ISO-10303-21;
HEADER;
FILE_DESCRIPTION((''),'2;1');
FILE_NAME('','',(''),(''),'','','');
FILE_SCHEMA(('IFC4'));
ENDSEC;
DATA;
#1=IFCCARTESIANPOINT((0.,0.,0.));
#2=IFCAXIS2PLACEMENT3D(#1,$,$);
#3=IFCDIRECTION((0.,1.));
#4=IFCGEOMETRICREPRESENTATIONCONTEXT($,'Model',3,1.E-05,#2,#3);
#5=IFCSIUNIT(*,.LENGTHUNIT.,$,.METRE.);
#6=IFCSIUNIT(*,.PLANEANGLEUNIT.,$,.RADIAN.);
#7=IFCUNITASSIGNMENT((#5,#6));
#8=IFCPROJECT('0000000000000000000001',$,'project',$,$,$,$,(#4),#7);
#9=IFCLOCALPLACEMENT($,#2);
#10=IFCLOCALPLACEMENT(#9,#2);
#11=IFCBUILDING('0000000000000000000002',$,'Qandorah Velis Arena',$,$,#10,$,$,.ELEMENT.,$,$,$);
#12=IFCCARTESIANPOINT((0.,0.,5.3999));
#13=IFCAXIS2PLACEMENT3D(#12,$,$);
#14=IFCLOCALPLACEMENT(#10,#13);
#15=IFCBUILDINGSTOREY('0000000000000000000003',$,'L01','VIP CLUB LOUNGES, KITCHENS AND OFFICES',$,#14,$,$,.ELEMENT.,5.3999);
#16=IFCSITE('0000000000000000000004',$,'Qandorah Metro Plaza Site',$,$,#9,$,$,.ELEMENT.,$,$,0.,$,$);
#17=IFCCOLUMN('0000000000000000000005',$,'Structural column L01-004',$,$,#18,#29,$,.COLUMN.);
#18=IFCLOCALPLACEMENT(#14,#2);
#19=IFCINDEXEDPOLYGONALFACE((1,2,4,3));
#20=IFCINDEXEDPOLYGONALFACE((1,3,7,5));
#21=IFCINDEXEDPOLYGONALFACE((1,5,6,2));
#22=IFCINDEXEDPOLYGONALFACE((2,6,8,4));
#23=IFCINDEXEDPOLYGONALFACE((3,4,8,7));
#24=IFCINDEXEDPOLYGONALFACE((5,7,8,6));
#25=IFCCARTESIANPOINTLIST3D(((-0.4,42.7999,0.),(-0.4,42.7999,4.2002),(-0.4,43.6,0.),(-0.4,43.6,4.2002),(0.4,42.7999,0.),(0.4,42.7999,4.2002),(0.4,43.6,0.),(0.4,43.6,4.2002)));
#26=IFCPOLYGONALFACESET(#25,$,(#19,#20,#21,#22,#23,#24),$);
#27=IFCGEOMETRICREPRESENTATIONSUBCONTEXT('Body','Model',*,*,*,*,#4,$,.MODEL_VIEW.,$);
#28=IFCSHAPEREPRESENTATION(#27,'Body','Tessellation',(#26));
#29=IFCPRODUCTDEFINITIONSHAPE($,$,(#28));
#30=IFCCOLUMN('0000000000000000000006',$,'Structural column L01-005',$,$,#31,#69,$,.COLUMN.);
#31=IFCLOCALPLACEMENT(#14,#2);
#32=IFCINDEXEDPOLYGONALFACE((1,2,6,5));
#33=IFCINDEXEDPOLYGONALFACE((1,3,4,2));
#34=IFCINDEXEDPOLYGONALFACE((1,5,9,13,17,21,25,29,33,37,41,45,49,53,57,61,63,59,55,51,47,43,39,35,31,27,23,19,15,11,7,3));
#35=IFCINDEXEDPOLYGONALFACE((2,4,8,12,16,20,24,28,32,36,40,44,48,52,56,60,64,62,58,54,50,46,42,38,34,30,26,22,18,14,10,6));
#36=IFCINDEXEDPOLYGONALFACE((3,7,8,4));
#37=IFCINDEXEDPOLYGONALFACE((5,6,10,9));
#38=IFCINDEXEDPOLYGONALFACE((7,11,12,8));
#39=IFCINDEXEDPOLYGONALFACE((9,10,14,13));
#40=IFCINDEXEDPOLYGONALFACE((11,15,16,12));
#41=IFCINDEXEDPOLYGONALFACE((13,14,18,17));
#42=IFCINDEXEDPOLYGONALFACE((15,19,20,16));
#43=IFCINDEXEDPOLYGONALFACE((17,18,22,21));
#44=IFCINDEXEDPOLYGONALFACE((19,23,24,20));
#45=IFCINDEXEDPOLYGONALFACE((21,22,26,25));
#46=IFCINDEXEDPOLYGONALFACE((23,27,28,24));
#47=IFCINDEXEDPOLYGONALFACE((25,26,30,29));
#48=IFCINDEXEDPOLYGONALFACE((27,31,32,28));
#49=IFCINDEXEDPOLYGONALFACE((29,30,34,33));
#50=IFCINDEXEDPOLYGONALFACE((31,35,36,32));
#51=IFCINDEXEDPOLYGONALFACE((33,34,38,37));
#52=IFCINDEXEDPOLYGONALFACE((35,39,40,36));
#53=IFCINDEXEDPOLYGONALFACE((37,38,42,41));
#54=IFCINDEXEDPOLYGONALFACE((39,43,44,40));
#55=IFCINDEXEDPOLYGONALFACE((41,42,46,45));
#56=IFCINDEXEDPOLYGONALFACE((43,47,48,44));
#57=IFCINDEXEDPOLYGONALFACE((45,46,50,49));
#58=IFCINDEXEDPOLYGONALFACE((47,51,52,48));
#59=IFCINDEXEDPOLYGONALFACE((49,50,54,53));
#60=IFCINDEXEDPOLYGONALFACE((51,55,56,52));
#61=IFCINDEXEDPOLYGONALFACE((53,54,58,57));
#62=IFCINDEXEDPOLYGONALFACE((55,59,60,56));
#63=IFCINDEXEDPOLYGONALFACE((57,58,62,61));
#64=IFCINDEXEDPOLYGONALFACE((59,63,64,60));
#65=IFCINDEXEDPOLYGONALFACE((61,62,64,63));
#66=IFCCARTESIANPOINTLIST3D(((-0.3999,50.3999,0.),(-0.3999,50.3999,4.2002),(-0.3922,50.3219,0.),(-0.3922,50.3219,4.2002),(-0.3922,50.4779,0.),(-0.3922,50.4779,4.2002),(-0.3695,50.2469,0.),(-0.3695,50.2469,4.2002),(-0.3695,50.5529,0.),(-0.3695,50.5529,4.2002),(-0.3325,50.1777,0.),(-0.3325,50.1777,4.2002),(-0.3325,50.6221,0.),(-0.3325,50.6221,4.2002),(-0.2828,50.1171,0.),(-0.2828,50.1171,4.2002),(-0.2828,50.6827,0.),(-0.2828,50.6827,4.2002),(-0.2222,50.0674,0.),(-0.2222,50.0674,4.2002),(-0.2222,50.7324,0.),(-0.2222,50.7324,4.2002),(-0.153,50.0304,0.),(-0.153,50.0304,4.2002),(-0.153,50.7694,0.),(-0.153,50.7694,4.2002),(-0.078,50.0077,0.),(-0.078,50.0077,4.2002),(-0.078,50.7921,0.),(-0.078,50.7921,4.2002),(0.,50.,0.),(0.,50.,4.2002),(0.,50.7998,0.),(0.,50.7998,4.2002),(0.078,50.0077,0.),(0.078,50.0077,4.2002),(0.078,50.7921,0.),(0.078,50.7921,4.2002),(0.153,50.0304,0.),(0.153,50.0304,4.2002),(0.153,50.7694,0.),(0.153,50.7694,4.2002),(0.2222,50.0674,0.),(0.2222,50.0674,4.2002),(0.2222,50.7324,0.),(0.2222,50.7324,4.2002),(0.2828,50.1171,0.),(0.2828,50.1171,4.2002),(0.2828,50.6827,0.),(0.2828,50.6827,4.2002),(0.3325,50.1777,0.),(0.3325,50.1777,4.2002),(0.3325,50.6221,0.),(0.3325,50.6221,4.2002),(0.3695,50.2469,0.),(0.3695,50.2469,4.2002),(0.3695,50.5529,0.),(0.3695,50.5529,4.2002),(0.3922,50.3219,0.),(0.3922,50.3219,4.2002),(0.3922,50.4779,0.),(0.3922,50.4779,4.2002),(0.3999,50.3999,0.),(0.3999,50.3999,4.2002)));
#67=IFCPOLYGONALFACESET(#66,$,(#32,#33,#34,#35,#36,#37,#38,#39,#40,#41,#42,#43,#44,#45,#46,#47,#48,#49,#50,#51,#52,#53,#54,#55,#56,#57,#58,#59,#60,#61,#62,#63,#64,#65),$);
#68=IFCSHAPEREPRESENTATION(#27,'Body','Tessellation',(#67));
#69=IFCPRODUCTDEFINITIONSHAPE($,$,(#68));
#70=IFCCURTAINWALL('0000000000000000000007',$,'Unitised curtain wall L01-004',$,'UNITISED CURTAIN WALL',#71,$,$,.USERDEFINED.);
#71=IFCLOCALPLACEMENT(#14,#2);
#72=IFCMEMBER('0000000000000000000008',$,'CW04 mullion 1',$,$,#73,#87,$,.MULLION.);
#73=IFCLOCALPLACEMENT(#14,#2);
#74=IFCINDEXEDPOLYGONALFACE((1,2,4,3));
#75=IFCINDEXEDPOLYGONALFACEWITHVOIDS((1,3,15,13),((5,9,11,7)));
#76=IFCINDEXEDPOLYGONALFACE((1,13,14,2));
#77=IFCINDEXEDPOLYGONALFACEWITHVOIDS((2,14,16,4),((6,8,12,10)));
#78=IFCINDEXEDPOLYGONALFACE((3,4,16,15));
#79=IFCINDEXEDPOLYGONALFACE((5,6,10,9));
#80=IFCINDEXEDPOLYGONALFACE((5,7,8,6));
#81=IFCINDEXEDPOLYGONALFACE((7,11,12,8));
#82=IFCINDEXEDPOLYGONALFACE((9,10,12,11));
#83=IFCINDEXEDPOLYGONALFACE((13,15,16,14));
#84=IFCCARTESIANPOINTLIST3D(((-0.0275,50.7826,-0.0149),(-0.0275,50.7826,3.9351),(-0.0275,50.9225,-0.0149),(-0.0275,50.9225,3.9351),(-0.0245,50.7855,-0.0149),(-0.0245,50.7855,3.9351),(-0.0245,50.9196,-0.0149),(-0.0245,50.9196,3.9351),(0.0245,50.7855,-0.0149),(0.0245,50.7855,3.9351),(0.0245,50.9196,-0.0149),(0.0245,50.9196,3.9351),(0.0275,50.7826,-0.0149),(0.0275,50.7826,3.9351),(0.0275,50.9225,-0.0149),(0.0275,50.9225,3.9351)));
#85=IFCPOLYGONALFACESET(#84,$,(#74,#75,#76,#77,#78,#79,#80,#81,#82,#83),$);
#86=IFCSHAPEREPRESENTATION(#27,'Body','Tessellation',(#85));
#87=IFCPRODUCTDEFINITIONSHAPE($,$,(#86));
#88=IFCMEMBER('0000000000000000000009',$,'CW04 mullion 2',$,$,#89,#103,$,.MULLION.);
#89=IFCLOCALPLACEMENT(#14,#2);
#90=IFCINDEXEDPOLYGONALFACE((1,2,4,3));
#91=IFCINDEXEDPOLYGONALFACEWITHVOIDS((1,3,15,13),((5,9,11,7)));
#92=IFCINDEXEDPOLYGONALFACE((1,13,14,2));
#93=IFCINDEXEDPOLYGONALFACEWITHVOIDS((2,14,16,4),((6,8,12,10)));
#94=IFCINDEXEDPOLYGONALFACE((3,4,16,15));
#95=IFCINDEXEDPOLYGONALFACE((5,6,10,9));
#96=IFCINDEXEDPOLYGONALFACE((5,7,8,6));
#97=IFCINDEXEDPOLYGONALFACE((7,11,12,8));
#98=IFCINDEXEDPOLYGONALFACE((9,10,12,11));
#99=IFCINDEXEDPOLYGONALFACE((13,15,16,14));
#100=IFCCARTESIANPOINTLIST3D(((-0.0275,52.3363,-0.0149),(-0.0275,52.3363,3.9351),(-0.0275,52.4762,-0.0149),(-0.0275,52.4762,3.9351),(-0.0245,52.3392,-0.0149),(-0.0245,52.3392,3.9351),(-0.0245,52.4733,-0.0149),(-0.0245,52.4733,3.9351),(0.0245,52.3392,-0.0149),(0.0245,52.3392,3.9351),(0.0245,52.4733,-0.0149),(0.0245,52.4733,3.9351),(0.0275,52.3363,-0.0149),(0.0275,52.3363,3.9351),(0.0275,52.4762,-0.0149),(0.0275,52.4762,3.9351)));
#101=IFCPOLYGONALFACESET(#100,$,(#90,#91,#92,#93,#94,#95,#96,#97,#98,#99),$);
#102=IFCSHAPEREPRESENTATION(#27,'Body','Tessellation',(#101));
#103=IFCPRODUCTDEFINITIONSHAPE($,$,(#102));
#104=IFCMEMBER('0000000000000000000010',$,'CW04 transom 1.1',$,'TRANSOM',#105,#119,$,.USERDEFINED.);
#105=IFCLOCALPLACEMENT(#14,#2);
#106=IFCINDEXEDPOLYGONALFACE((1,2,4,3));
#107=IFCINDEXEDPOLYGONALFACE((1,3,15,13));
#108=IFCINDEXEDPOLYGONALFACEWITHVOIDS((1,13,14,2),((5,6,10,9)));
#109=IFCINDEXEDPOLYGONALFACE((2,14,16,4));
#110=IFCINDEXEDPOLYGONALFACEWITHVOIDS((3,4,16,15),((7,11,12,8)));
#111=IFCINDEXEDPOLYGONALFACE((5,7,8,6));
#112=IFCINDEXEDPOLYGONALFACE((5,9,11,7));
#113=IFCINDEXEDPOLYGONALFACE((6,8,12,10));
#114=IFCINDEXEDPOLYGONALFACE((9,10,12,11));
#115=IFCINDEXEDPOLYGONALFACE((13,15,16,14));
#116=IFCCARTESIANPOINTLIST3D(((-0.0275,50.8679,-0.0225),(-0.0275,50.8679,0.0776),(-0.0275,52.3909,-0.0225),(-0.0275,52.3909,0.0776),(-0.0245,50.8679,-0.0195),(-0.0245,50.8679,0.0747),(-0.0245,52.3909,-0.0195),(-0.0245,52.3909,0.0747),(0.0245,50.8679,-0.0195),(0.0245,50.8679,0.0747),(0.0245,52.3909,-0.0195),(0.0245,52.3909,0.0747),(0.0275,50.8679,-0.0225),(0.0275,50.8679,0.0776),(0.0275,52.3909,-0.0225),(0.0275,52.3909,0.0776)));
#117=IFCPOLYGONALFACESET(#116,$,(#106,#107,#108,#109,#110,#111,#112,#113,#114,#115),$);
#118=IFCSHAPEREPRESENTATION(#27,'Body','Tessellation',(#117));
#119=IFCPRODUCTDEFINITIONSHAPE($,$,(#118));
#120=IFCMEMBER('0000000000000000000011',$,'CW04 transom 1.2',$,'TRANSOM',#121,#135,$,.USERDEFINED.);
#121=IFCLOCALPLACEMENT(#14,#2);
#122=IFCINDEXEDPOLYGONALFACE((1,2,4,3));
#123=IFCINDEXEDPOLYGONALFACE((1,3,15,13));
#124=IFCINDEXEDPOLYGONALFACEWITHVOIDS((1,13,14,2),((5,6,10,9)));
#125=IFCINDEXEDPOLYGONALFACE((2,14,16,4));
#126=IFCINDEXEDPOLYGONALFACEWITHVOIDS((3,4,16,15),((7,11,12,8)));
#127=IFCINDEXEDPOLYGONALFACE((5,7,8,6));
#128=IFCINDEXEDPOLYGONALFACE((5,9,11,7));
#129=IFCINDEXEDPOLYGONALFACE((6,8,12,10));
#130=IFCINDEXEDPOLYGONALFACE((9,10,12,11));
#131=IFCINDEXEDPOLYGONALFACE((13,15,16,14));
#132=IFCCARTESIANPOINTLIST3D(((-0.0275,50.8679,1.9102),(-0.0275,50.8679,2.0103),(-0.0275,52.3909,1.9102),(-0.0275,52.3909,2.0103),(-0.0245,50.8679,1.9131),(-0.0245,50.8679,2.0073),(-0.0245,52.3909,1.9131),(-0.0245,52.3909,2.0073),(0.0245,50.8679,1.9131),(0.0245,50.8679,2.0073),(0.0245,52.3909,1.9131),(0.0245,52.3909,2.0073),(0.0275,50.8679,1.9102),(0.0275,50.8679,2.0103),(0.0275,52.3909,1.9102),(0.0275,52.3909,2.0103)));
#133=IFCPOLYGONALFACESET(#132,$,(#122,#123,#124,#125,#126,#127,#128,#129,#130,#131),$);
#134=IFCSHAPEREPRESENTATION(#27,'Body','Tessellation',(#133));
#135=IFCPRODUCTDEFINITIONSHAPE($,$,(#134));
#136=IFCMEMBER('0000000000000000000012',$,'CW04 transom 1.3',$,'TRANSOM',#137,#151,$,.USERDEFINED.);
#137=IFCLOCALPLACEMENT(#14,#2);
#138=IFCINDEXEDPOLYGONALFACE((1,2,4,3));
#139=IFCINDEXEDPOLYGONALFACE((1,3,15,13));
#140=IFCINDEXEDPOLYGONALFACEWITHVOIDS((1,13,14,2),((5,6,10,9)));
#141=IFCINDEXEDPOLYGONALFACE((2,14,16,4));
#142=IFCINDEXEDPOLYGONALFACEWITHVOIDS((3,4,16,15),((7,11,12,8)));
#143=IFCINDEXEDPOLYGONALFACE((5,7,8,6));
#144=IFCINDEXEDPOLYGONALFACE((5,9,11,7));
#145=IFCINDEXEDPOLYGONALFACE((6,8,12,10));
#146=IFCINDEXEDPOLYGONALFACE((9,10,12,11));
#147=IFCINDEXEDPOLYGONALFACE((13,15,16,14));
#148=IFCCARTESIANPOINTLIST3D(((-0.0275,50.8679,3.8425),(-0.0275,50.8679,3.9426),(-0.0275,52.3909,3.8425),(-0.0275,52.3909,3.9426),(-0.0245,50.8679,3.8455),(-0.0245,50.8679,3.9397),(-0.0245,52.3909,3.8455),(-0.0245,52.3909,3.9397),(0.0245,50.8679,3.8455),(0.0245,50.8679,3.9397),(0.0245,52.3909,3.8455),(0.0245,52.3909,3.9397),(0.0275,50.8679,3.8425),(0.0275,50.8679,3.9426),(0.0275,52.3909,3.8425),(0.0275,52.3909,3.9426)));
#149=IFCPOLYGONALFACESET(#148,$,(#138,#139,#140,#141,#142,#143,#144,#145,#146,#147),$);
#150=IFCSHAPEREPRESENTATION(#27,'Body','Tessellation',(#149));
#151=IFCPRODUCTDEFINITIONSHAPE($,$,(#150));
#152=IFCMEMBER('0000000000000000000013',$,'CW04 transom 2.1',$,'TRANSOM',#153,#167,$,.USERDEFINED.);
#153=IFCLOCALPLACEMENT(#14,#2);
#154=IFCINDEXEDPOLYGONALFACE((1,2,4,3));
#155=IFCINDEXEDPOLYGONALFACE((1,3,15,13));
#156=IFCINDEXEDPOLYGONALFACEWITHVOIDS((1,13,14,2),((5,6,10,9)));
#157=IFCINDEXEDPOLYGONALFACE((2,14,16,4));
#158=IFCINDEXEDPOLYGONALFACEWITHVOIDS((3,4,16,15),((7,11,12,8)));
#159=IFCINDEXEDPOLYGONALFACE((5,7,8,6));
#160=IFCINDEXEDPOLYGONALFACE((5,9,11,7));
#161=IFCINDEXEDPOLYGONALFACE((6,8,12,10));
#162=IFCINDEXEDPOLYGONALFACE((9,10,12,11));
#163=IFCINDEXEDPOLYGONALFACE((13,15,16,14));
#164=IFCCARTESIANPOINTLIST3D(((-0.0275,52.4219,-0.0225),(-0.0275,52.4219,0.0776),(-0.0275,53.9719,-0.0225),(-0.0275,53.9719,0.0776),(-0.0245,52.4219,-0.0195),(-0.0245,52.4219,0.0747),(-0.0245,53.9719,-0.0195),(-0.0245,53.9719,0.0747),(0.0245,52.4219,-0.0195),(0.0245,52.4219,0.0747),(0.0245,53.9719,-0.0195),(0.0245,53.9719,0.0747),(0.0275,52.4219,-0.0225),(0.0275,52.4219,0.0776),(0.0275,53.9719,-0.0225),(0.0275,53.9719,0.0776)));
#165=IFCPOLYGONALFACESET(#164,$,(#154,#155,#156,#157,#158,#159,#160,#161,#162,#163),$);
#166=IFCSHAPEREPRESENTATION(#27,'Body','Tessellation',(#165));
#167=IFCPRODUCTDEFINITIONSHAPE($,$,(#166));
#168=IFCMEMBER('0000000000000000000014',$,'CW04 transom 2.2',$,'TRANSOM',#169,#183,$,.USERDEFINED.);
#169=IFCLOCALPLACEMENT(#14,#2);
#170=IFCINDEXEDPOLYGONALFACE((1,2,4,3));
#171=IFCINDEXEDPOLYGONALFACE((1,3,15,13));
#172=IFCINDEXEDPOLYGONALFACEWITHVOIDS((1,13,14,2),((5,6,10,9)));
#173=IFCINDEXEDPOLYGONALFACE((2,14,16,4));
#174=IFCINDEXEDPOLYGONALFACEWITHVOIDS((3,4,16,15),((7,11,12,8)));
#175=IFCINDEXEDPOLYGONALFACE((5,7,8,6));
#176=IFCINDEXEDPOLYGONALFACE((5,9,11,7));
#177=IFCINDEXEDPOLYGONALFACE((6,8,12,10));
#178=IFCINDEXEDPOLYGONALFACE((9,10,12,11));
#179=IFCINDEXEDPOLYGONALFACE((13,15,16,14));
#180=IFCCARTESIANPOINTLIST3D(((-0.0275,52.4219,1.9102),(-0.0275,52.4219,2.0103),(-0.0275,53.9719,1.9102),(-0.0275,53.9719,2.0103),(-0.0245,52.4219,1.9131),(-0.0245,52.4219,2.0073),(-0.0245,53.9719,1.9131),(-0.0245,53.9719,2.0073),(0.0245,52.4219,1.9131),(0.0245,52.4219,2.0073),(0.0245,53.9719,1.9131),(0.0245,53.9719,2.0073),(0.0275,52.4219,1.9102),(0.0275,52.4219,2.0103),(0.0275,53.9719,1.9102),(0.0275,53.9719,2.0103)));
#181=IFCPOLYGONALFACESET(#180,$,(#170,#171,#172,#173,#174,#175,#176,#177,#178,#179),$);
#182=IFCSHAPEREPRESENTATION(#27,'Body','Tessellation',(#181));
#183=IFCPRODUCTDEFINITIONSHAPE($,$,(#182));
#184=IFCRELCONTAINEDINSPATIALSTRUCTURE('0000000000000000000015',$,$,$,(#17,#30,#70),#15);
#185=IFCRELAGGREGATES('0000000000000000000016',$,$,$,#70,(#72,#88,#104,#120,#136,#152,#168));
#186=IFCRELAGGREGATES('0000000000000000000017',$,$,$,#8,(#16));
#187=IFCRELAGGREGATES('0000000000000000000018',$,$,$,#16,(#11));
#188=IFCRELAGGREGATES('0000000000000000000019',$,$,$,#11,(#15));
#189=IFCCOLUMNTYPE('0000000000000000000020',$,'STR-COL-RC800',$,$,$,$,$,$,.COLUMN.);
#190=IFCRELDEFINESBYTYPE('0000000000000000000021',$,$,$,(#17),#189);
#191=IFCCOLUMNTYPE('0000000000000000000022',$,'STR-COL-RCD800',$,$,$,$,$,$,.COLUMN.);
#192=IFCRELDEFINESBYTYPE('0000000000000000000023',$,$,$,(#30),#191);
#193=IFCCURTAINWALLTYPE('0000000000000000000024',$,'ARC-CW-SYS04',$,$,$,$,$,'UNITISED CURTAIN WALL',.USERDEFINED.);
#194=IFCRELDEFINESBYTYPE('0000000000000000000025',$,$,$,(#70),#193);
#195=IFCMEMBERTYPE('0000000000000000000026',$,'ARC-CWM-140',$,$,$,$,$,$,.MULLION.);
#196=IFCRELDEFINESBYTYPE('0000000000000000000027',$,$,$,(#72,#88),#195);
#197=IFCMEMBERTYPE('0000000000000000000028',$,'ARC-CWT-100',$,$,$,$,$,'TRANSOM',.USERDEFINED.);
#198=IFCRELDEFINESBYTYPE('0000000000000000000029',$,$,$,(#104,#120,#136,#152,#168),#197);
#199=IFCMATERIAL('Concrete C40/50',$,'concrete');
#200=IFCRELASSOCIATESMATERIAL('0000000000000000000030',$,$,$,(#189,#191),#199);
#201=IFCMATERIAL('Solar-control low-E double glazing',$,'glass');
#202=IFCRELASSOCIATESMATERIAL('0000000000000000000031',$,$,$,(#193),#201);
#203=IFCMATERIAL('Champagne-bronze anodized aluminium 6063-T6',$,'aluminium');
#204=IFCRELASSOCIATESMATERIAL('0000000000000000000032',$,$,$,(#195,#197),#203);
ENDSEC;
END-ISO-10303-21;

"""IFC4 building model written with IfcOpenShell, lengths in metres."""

from ifc_helpers import new_model, si_unit, direction, frame, origin, origin_2d, place, context, subcontext, project, spatial, rectangle, hollow_rectangle, circle, extrude, material, material_profile, profile_set, type_object, element, aggregate, save


model = new_model("IFC4")

# Units and contexts
model_context = context("Model", 3, precision=1e-05, world=origin(), true_north=direction((0.0, 1.0)))
body_context = subcontext(model_context, "Body", "Model", "MODEL_VIEW")
ifc_project = project(units=[si_unit("LENGTHUNIT", "METRE"), si_unit("PLANEANGLEUNIT", "RADIAN")], contexts=[model_context])

# Site, building, storey
site_placement = place(None, origin())
site = spatial("IfcSite", under=ifc_project, at=site_placement, Name="Qandorah Metro Plaza Site", CompositionType="ELEMENT", RefElevation=0.0)
building_placement = place(site_placement, origin())
building = spatial("IfcBuilding", under=site, at=building_placement, Name="Qandorah Velis Arena", CompositionType="ELEMENT")
storey_placement = place(building_placement, frame((0.0, 0.0, 5.3999)))
storey = spatial("IfcBuildingStorey", under=building, at=storey_placement, Name="L01", Description="VIP CLUB LOUNGES, KITCHENS AND OFFICES", CompositionType="ELEMENT", Elevation=5.3999)

# Columns
ifc_material_1 = material(Name="Concrete C40/50", Category="concrete")
ifc_material_profile_1 = material_profile(ifc_material_1, rectangle(XDim=0.8, YDim=0.8, at=origin_2d()), Name="RC COL 800x800")
ifc_profile_set_1 = profile_set([ifc_material_profile_1], Name="Concrete C40/50")
column_type_1 = type_object("IfcColumnType", Name="STR-COL-RC800", PredefinedType="COLUMN", material=ifc_profile_set_1)
column_1_placement = place(storey_placement, frame((0.0, 43.2, 0.0), z_axis=(0.0, 0.0, 1.0), x_axis=(1.0, 0.0, 0.0)))
element("IfcColumn", 1, at=column_1_placement, inside=storey, type_object=column_type_1, Name="Structural column L01-004", PredefinedType="COLUMN", context=body_context, shape_type="SweptSolid", body=[
    extrude(rectangle(XDim=0.8, YDim=0.8, at=origin_2d()), origin(), (0.0, 0.0, 1.0), 4.2002),
])
ifc_material_profile_2 = material_profile(ifc_material_1, circle(Radius=0.3999, at=origin_2d()), Name="RC D800")
ifc_profile_set_2 = profile_set([ifc_material_profile_2], Name="Concrete C40/50")
column_type_2 = type_object("IfcColumnType", Name="STR-COL-RCD800", PredefinedType="COLUMN", material=ifc_profile_set_2)
column_2_placement = place(storey_placement, frame((0.0, 50.3999, 0.0), z_axis=(0.0, 0.0, 1.0), x_axis=(1.0, 0.0, 0.0)))
element("IfcColumn", 2, at=column_2_placement, inside=storey, type_object=column_type_2, Name="Structural column L01-005", PredefinedType="COLUMN", context=body_context, shape_type="SweptSolid", body=[
    extrude(circle(Radius=0.3999, at=origin_2d()), origin(), (0.0, 0.0, 1.0), 4.2002),
])

# Curtain wall, members
ifc_material_2 = material(Name="Solar-control low-E double glazing", Category="glass")
curtain_wall_type = type_object("IfcCurtainWallType", Name="ARC-CW-SYS04", ElementType="UNITISED CURTAIN WALL", PredefinedType="USERDEFINED", material=ifc_material_2)
curtain_wall_placement = place(storey_placement, origin())
curtain_wall = element("IfcCurtainWall", 3, at=curtain_wall_placement, inside=storey, type_object=curtain_wall_type, Name="Unitised curtain wall L01-004", ObjectType="UNITISED CURTAIN WALL", PredefinedType="USERDEFINED")
ifc_material_3 = material(Name="Champagne-bronze anodized aluminium 6063-T6", Category="aluminium")
ifc_material_profile_3 = material_profile(ifc_material_3, hollow_rectangle(XDim=0.0549, YDim=0.1399, WallThickness=0.0029, at=origin_2d()), Name="ALU MULLION 55x140")
ifc_profile_set_3 = profile_set([ifc_material_profile_3], Name="Champagne-bronze anodized aluminium 6063-T6")
member_type_1 = type_object("IfcMemberType", Name="ARC-CWM-140", PredefinedType="MULLION", material=ifc_profile_set_3)
member_1_placement = place(storey_placement, frame((0.0, 50.8525, -0.0149), z_axis=(0.0, 0.0, 1.0), x_axis=(-1.0, 0.0, 0.0)))
member_1 = element("IfcMember", 4, at=member_1_placement, type_object=member_type_1, Name="CW04 mullion 1", PredefinedType="MULLION", context=body_context, shape_type="SweptSolid", body=[
    extrude(hollow_rectangle(XDim=0.0549, YDim=0.1399, WallThickness=0.0029, at=origin_2d()), origin(), (0.0, 0.0, 1.0), 3.95),
])
member_2_placement = place(storey_placement, frame((0.0, 52.4062, -0.0149), z_axis=(0.0, 0.0, 1.0), x_axis=(-1.0, 0.0, 0.0)))
member_2 = element("IfcMember", 5, at=member_2_placement, type_object=member_type_1, Name="CW04 mullion 2", PredefinedType="MULLION", context=body_context, shape_type="SweptSolid", body=[
    extrude(hollow_rectangle(XDim=0.0549, YDim=0.1399, WallThickness=0.0029, at=origin_2d()), origin(), (0.0, 0.0, 1.0), 3.95),
])
ifc_material_profile_4 = material_profile(ifc_material_3, hollow_rectangle(XDim=0.0549, YDim=0.1001, WallThickness=0.0029, at=origin_2d()), Name="ALU TRANSOM 55x100")
ifc_profile_set_4 = profile_set([ifc_material_profile_4], Name="Champagne-bronze anodized aluminium 6063-T6")
member_type_2 = type_object("IfcMemberType", Name="ARC-CWT-100", ElementType="TRANSOM", PredefinedType="USERDEFINED", material=ifc_profile_set_4)
member_3_placement = place(storey_placement, frame((0.0, 50.8679, 0.0276), z_axis=(0.0, 1.0, 0.0), x_axis=(-1.0, 0.0, 0.0)))
member_3 = element("IfcMember", 6, at=member_3_placement, type_object=member_type_2, Name="CW04 transom 1.1", ObjectType="TRANSOM", PredefinedType="USERDEFINED", context=body_context, shape_type="SweptSolid", body=[
    extrude(hollow_rectangle(XDim=0.0549, YDim=0.1001, WallThickness=0.0029, at=origin_2d()), origin(), (0.0, 0.0, 1.0), 1.5229),
])
member_4_placement = place(storey_placement, frame((0.0, 50.8679, 1.9602), z_axis=(0.0, 1.0, 0.0), x_axis=(-1.0, 0.0, 0.0)))
member_4 = element("IfcMember", 7, at=member_4_placement, type_object=member_type_2, Name="CW04 transom 1.2", ObjectType="TRANSOM", PredefinedType="USERDEFINED", context=body_context, shape_type="SweptSolid", body=[
    extrude(hollow_rectangle(XDim=0.0549, YDim=0.1001, WallThickness=0.0029, at=origin_2d()), origin(), (0.0, 0.0, 1.0), 1.5229),
])
member_5_placement = place(storey_placement, frame((0.0, 50.8679, 3.8926), z_axis=(0.0, 1.0, 0.0), x_axis=(-1.0, 0.0, 0.0)))
member_5 = element("IfcMember", 8, at=member_5_placement, type_object=member_type_2, Name="CW04 transom 1.3", ObjectType="TRANSOM", PredefinedType="USERDEFINED", context=body_context, shape_type="SweptSolid", body=[
    extrude(hollow_rectangle(XDim=0.0549, YDim=0.1001, WallThickness=0.0029, at=origin_2d()), origin(), (0.0, 0.0, 1.0), 1.5229),
])
member_6_placement = place(storey_placement, frame((0.0, 52.4219, 0.0276), z_axis=(0.0, 1.0, 0.0), x_axis=(-1.0, 0.0, 0.0)))
member_6 = element("IfcMember", 9, at=member_6_placement, type_object=member_type_2, Name="CW04 transom 2.1", ObjectType="TRANSOM", PredefinedType="USERDEFINED", context=body_context, shape_type="SweptSolid", body=[
    extrude(hollow_rectangle(XDim=0.0549, YDim=0.1001, WallThickness=0.0029, at=origin_2d()), origin(), (0.0, 0.0, 1.0), 1.55),
])
member_7_placement = place(storey_placement, frame((0.0, 52.4219, 1.9602), z_axis=(0.0, 1.0, 0.0), x_axis=(-1.0, 0.0, 0.0)))
member_7 = element("IfcMember", 10, at=member_7_placement, type_object=member_type_2, Name="CW04 transom 2.2", ObjectType="TRANSOM", PredefinedType="USERDEFINED", context=body_context, shape_type="SweptSolid", body=[
    extrude(hollow_rectangle(XDim=0.0549, YDim=0.1001, WallThickness=0.0029, at=origin_2d()), origin(), (0.0, 0.0, 1.0), 1.55),
])

aggregate(curtain_wall, [member_1, member_2, member_3, member_4, member_5, member_6, member_7])

save(model, "model.ifc")
